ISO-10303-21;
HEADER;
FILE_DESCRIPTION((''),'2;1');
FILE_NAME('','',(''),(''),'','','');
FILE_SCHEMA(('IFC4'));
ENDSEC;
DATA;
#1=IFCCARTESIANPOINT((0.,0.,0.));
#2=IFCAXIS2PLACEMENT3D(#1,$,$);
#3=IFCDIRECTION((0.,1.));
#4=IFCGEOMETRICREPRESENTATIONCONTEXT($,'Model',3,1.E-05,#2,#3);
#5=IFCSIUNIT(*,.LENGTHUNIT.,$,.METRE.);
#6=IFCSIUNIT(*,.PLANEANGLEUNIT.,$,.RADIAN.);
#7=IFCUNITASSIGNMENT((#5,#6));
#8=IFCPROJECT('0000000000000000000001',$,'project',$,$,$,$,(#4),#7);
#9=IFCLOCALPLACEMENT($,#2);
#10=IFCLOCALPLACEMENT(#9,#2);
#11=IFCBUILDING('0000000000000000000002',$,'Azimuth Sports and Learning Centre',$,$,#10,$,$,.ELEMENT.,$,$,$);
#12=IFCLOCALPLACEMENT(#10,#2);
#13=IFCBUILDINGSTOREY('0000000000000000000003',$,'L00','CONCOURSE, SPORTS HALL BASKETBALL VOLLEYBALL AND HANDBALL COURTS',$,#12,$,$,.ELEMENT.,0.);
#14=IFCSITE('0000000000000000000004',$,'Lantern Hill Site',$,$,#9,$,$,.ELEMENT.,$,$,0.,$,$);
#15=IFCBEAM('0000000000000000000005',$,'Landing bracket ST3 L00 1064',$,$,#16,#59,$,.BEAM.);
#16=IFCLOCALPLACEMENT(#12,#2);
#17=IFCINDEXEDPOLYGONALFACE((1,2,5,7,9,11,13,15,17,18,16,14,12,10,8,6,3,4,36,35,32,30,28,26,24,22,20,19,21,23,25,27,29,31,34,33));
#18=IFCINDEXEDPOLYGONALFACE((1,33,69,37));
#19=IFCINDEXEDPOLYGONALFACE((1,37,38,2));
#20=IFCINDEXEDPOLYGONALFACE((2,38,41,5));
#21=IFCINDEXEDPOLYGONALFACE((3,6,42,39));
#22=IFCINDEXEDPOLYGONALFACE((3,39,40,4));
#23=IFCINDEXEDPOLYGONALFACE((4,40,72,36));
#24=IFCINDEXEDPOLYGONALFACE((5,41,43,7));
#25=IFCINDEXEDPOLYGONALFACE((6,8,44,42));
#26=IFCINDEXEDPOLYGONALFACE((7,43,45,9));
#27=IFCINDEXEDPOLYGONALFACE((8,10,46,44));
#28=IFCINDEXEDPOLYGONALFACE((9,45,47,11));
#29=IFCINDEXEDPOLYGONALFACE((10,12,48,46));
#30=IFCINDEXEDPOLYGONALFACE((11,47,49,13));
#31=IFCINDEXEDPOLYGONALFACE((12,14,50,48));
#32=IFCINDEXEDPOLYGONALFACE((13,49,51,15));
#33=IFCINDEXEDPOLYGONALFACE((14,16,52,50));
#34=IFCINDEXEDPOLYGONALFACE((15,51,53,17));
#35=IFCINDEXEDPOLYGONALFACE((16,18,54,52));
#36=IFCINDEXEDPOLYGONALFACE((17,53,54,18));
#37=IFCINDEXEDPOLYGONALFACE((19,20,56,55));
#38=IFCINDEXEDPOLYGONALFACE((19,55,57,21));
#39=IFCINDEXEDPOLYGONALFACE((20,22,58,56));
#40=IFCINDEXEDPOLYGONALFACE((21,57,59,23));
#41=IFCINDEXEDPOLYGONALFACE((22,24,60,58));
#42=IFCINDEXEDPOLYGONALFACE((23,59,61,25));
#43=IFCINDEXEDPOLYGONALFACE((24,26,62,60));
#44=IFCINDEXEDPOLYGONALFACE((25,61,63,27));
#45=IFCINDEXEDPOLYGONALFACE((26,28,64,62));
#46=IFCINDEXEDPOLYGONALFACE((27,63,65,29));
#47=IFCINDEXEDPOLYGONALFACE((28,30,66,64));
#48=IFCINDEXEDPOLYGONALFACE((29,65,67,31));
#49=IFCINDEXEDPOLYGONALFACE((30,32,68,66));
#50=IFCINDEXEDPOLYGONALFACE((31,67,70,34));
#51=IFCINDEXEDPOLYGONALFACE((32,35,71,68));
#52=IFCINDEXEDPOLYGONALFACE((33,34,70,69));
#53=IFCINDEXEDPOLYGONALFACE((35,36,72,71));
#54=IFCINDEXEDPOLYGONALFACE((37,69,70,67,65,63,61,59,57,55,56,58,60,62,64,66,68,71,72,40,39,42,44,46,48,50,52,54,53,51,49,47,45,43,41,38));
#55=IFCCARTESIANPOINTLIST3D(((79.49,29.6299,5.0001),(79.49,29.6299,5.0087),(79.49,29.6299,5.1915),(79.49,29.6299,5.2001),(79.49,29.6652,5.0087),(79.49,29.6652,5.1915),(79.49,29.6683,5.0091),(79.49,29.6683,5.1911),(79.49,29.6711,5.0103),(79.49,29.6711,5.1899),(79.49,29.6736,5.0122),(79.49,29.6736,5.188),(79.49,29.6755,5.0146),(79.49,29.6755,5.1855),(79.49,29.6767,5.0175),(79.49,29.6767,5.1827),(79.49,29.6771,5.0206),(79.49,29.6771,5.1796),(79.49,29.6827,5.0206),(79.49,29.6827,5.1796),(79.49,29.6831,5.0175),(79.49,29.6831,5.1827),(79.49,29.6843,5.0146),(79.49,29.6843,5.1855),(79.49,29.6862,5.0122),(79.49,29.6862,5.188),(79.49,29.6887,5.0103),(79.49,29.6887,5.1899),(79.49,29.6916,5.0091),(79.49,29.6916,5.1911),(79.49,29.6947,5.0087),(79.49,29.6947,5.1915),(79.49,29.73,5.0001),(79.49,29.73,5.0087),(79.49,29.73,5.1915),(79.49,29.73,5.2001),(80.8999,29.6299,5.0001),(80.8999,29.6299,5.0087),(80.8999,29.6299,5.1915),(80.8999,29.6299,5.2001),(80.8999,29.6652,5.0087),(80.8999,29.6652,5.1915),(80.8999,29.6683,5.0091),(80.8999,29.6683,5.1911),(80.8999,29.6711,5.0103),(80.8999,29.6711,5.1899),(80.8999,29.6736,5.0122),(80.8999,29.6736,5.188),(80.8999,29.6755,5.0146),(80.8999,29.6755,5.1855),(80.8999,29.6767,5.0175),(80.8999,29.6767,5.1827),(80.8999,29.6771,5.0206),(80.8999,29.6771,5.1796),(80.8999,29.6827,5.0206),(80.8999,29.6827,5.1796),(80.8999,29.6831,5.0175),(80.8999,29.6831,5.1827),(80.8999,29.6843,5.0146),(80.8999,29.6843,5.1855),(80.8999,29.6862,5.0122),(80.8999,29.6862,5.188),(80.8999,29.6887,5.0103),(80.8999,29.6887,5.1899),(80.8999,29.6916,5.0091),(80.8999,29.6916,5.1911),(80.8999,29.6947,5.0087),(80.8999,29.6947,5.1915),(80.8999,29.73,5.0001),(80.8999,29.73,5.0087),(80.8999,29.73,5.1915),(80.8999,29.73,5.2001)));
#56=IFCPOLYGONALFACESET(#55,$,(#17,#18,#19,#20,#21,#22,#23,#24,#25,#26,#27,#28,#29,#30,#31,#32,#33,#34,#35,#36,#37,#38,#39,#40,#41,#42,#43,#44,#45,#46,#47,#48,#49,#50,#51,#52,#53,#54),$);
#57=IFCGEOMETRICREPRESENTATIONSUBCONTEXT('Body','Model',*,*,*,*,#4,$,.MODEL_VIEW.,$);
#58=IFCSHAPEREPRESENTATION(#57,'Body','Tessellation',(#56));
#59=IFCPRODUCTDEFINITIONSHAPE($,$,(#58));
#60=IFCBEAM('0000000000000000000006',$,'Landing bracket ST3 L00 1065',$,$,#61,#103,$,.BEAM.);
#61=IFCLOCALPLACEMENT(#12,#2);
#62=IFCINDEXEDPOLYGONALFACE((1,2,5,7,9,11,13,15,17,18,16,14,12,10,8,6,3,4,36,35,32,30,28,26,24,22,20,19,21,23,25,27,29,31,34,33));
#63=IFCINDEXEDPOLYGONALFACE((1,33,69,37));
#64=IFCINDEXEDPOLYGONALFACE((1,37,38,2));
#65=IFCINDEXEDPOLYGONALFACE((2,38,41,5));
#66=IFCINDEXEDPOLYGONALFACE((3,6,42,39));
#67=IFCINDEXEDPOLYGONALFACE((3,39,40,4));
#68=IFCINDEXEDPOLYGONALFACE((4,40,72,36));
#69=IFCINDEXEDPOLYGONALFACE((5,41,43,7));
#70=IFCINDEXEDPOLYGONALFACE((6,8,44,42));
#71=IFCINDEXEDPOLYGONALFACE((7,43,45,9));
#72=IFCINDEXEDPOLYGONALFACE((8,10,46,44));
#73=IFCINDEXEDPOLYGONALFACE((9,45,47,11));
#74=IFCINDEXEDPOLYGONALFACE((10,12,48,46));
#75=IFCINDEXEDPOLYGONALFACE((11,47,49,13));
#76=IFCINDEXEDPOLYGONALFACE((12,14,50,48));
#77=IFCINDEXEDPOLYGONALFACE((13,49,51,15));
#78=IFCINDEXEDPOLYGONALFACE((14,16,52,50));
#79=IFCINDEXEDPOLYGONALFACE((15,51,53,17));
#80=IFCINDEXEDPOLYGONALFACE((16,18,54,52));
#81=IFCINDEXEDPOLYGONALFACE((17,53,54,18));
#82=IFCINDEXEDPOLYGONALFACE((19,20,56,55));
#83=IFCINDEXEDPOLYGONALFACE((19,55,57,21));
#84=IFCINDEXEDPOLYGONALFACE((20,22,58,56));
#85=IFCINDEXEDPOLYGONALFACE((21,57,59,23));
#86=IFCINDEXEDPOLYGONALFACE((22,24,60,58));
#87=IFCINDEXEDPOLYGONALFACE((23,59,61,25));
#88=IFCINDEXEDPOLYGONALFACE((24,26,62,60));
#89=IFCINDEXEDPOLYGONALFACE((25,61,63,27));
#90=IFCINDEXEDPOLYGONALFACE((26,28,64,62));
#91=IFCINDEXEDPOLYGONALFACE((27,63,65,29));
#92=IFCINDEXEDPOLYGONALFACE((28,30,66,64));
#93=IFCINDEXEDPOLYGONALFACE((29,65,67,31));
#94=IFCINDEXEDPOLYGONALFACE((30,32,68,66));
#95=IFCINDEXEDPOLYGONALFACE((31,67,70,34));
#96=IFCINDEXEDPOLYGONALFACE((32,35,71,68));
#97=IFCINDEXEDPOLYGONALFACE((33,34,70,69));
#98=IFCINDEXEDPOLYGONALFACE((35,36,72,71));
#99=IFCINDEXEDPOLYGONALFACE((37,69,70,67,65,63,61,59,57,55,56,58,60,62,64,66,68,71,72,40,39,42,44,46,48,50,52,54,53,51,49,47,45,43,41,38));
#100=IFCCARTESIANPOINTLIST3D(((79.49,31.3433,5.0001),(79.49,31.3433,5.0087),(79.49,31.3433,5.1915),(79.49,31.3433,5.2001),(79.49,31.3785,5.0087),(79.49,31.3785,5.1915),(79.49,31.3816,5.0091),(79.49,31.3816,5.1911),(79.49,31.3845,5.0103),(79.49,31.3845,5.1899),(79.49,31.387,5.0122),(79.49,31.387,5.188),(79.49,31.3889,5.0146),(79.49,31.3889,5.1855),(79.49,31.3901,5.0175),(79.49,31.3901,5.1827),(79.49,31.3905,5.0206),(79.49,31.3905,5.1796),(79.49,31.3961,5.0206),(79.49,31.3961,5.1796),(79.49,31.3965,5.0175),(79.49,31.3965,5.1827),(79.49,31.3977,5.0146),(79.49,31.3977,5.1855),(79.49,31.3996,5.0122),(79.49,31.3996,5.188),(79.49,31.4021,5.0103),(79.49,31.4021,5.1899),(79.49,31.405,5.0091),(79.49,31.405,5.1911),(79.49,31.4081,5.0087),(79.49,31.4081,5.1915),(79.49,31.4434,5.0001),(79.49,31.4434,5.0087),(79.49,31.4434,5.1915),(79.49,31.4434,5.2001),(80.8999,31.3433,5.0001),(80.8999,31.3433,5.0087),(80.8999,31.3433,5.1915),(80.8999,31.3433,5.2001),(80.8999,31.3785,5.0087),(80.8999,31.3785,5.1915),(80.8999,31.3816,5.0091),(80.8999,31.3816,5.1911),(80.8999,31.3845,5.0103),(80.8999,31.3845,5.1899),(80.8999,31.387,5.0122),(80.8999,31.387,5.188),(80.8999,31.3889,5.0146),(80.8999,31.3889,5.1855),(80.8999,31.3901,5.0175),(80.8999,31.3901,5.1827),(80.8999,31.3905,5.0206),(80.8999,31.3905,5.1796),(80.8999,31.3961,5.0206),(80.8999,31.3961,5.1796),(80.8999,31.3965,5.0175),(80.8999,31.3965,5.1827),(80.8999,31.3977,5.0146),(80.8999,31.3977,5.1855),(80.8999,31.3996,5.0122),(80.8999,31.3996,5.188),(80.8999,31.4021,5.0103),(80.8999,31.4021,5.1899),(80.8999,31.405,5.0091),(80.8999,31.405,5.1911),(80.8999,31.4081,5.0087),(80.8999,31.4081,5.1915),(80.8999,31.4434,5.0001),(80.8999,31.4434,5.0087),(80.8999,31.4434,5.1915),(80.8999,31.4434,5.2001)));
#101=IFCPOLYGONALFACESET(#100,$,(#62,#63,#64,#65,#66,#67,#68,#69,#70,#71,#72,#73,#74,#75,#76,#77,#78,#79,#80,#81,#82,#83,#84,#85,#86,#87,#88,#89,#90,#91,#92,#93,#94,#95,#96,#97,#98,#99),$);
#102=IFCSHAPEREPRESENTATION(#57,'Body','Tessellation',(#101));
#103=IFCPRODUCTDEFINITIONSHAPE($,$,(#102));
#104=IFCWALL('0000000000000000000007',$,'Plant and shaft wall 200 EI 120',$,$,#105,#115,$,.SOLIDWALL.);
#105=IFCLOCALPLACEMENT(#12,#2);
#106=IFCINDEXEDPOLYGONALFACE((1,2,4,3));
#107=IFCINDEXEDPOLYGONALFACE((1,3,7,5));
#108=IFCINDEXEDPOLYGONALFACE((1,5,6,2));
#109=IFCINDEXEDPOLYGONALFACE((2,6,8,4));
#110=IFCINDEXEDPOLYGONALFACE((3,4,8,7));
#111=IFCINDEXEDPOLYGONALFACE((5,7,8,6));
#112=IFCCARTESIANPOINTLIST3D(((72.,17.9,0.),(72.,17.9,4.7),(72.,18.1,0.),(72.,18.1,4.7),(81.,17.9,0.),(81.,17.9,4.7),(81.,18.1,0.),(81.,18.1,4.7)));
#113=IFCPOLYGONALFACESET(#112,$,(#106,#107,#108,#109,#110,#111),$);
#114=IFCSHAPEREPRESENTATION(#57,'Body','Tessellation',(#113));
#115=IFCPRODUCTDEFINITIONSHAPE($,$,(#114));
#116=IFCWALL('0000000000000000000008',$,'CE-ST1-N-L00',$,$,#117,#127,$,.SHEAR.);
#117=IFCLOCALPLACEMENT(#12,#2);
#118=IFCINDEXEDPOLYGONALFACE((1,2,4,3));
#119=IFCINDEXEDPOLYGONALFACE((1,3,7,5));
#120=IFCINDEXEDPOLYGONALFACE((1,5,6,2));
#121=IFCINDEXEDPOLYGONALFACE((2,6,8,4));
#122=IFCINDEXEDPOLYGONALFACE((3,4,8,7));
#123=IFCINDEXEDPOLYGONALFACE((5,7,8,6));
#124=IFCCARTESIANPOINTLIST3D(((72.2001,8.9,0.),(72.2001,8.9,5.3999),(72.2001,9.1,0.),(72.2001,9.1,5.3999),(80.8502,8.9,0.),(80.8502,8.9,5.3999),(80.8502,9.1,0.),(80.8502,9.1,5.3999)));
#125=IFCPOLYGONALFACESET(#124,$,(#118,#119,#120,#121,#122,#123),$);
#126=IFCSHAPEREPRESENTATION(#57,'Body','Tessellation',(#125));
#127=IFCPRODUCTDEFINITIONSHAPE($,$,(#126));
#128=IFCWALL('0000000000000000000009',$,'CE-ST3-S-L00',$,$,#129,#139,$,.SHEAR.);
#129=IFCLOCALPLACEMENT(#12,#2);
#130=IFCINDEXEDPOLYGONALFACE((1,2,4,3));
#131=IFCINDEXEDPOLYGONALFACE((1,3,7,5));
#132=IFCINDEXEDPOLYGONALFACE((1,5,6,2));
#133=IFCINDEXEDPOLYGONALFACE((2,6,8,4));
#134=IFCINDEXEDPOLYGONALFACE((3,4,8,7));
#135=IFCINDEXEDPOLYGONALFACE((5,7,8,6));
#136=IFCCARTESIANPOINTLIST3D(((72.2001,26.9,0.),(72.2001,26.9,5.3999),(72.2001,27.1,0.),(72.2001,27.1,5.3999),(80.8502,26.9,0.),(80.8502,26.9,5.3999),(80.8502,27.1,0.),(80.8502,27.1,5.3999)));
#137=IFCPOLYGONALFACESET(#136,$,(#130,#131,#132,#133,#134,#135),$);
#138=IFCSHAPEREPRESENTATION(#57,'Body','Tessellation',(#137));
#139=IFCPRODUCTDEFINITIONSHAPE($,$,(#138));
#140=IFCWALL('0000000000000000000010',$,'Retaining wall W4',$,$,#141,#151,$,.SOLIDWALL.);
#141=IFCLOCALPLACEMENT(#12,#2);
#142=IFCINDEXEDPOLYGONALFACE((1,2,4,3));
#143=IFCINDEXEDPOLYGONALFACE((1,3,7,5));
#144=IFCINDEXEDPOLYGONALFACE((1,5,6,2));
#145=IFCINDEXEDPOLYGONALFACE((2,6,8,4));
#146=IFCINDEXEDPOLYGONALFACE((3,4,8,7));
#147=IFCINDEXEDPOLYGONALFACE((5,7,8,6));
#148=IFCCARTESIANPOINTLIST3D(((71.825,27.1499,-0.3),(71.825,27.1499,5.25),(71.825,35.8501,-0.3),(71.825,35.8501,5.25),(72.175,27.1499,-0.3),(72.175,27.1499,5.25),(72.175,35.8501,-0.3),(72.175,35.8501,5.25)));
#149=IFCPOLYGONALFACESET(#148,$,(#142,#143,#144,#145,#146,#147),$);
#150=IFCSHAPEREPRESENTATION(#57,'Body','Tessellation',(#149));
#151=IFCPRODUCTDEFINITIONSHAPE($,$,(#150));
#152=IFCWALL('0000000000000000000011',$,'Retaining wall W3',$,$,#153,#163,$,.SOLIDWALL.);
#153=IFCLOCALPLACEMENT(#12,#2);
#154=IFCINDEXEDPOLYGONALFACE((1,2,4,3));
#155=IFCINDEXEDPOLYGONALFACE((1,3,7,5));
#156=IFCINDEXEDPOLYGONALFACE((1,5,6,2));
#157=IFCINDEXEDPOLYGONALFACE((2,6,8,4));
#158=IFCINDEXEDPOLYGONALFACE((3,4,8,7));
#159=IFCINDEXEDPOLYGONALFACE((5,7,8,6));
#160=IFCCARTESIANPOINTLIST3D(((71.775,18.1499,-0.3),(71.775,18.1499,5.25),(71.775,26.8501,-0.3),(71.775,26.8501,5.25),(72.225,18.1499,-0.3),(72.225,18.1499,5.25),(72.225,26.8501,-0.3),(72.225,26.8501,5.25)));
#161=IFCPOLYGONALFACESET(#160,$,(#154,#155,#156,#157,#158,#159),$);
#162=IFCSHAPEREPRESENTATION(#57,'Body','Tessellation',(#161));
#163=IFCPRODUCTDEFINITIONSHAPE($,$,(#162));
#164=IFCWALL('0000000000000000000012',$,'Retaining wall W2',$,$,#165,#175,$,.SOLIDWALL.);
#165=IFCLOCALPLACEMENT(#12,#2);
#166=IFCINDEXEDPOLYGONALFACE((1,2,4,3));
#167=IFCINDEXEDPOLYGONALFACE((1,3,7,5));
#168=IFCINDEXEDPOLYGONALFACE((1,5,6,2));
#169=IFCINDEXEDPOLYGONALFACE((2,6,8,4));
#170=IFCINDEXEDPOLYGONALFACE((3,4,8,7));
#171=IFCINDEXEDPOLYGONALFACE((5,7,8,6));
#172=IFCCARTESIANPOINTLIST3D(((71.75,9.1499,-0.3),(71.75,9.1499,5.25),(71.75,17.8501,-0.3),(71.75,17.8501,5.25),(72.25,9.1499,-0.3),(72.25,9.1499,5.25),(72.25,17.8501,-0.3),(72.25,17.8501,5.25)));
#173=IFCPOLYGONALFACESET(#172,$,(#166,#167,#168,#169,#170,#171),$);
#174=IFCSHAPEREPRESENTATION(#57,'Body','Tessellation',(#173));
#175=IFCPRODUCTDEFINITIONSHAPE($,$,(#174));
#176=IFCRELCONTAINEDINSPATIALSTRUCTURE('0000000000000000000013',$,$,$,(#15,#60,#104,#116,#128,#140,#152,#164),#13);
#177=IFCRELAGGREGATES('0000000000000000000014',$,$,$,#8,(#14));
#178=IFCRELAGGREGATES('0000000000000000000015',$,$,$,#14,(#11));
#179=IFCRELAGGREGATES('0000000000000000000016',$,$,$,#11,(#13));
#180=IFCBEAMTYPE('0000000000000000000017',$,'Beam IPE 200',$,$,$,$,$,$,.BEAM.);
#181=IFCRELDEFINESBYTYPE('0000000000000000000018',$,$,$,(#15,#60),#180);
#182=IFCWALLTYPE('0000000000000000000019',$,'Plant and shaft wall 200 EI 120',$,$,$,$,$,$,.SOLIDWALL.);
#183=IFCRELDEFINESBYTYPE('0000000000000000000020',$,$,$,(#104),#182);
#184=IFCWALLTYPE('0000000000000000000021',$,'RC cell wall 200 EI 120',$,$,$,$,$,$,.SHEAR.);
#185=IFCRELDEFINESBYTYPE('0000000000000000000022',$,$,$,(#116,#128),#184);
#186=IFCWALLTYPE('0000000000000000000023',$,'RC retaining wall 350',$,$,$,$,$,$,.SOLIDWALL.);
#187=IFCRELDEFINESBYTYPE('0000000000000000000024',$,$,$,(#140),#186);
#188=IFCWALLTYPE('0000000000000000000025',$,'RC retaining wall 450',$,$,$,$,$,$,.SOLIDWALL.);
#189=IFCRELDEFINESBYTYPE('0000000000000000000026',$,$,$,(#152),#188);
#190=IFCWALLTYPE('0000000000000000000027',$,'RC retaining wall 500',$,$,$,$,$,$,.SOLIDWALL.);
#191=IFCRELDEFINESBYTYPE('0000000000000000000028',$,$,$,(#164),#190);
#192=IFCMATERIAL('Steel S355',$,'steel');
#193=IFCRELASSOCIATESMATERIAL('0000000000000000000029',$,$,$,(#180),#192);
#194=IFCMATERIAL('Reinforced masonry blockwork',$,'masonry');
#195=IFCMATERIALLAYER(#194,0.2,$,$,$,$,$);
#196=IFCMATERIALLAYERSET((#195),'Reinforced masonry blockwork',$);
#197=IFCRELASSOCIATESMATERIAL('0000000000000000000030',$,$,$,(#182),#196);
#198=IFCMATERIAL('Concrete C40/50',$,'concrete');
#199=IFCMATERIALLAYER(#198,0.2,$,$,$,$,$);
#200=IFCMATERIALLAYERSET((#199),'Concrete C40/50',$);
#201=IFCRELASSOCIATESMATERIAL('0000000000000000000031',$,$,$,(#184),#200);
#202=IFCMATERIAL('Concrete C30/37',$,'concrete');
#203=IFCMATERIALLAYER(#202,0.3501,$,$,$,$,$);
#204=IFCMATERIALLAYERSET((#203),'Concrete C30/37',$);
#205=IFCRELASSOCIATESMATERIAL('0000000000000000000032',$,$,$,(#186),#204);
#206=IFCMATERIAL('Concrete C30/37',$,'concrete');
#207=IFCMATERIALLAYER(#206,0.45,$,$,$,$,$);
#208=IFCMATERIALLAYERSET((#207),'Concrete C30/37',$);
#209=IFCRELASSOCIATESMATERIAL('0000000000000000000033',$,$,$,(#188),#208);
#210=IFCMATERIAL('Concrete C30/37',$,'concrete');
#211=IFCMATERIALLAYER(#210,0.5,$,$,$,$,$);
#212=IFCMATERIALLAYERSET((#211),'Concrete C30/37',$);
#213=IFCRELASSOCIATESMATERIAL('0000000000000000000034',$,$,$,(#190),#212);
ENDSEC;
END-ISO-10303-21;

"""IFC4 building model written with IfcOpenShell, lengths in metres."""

from ifc_helpers import new_model, si_unit, direction, frame, frame_2d, origin, origin_2d, place, context, subcontext, project, spatial, rectangle, i_section, extrude, material, layer, layer_set, material_profile, profile_set, type_object, element, save


model = new_model("IFC4")

# Units and contexts
model_context = context("Model", 3, precision=1e-05, world=origin(), true_north=direction((0.0, 1.0)))
body_context = subcontext(model_context, "Body", "Model", "MODEL_VIEW")
ifc_project = project(units=[si_unit("LENGTHUNIT", "METRE"), si_unit("PLANEANGLEUNIT", "RADIAN")], contexts=[model_context])

# Site, building, storey
site_placement = place(None, origin())
site = spatial("IfcSite", under=ifc_project, at=site_placement, Name="Lantern Hill Site", CompositionType="ELEMENT", RefElevation=0.0)
building_placement = place(site_placement, origin())
building = spatial("IfcBuilding", under=site, at=building_placement, Name="Azimuth Sports and Learning Centre", CompositionType="ELEMENT")
storey_placement = place(building_placement, origin())
storey = spatial("IfcBuildingStorey", under=building, at=storey_placement, Name="L00", Description="CONCOURSE, SPORTS HALL BASKETBALL VOLLEYBALL AND HANDBALL COURTS", CompositionType="ELEMENT", Elevation=0.0)

# Beams
ifc_material_1 = material(Name="Steel S355", Category="steel")
ifc_material_profile_1 = material_profile(ifc_material_1, i_section(OverallWidth=0.1001, OverallDepth=0.2, WebThickness=0.0056, FlangeThickness=0.0085, FilletRadius=0.012, at=origin_2d()), Name="IPE 200")
ifc_profile_set_1 = profile_set([ifc_material_profile_1], Name="Steel S355")
beam_type = type_object("IfcBeamType", Name="Beam IPE 200", PredefinedType="BEAM", material=ifc_profile_set_1)
for number, where, z_axis, x_axis, name in (
    (1, (80.8999, 29.6799, 5.1001), (-1.0, 0.0, 0.0), (0.0, -1.0, 0.0), "Landing bracket ST3 L00 1064"),
    (2, (80.8999, 31.3933, 5.1001), (-1.0, 0.0, 0.0), (0.0, -1.0, 0.0), "Landing bracket ST3 L00 1065"),
):
    element("IfcBeam", number, at=place(storey_placement, frame(where, z_axis=z_axis, x_axis=x_axis)), inside=storey, type_object=beam_type, Name=name, PredefinedType="BEAM", context=body_context, shape_type="SweptSolid", body=[
        extrude(i_section(OverallWidth=0.1001, OverallDepth=0.2, WebThickness=0.0056, FlangeThickness=0.0085, FilletRadius=0.012, at=origin_2d()), origin(), (0.0, 0.0, 1.0), 1.4099),
    ])

# Walls
ifc_material_2 = material(Name="Reinforced masonry blockwork", Category="masonry")
ifc_layer_1 = layer(ifc_material_2, 0.2)
ifc_layer_set_1 = layer_set([ifc_layer_1], Name="Reinforced masonry blockwork")
wall_type_1 = type_object("IfcWallType", Name="Plant and shaft wall 200 EI 120", PredefinedType="SOLIDWALL", material=ifc_layer_set_1)
wall_1_placement = place(storey_placement, frame((72.0, 18.0, 0.0), z_axis=(0.0, 0.0, 1.0), x_axis=(1.0, 0.0, 0.0)))
element("IfcWall", 3, at=wall_1_placement, inside=storey, type_object=wall_type_1, Name="Plant and shaft wall 200 EI 120", PredefinedType="SOLIDWALL", context=body_context, shape_type="SweptSolid", body=[
    extrude(rectangle(XDim=9.0, YDim=0.2, at=frame_2d((4.5, 0.0))), origin(), (0.0, 0.0, 1.0), 4.7),
])
ifc_material_3 = material(Name="Concrete C40/50", Category="concrete")
ifc_layer_2 = layer(ifc_material_3, 0.2)
ifc_layer_set_2 = layer_set([ifc_layer_2], Name="Concrete C40/50")
wall_type_2 = type_object("IfcWallType", Name="RC cell wall 200 EI 120", PredefinedType="SHEAR", material=ifc_layer_set_2)
for number, where, z_axis, x_axis, name in (
    (4, (72.2, 9.0, 0.0), (0.0, 0.0, 1.0), (1.0, 0.0, 0.0), "CE-ST1-N-L00"),
    (5, (72.2, 27.0, 0.0), (0.0, 0.0, 1.0), (1.0, 0.0, 0.0), "CE-ST3-S-L00"),
):
    element("IfcWall", number, at=place(storey_placement, frame(where, z_axis=z_axis, x_axis=x_axis)), inside=storey, type_object=wall_type_2, Name=name, PredefinedType="SHEAR", context=body_context, shape_type="SweptSolid", body=[
        extrude(rectangle(XDim=8.6501, YDim=0.2, at=frame_2d((4.3252, 0.0))), origin(), (0.0, 0.0, 1.0), 5.3999),
    ])
ifc_material_4 = material(Name="Concrete C30/37", Category="concrete")
ifc_layer_3 = layer(ifc_material_4, 0.3501)
ifc_layer_set_3 = layer_set([ifc_layer_3], Name="Concrete C30/37")
wall_type_3 = type_object("IfcWallType", Name="RC retaining wall 350", PredefinedType="SOLIDWALL", material=ifc_layer_set_3)
wall_2_placement = place(storey_placement, frame((72.0, 27.1499, -0.3), z_axis=(0.0, 0.0, 1.0), x_axis=(0.0, 1.0, 0.0)))
element("IfcWall", 6, at=wall_2_placement, inside=storey, type_object=wall_type_3, Name="Retaining wall W4", PredefinedType="SOLIDWALL", context=body_context, shape_type="SweptSolid", body=[
    extrude(rectangle(XDim=8.7002, YDim=0.3501, at=frame_2d((4.3501, 0.0))), origin(), (0.0, 0.0, 1.0), 5.55),
])
ifc_material_5 = material(Name="Concrete C30/37", Category="concrete")
ifc_layer_4 = layer(ifc_material_5, 0.45)
ifc_layer_set_4 = layer_set([ifc_layer_4], Name="Concrete C30/37")
wall_type_4 = type_object("IfcWallType", Name="RC retaining wall 450", PredefinedType="SOLIDWALL", material=ifc_layer_set_4)
wall_3_placement = place(storey_placement, frame((72.0, 18.1499, -0.3), z_axis=(0.0, 0.0, 1.0), x_axis=(0.0, 1.0, 0.0)))
element("IfcWall", 7, at=wall_3_placement, inside=storey, type_object=wall_type_4, Name="Retaining wall W3", PredefinedType="SOLIDWALL", context=body_context, shape_type="SweptSolid", body=[
    extrude(rectangle(XDim=8.7002, YDim=0.45, at=frame_2d((4.3501, 0.0))), origin(), (0.0, 0.0, 1.0), 5.55),
])
ifc_material_6 = material(Name="Concrete C30/37", Category="concrete")
ifc_layer_5 = layer(ifc_material_6, 0.5)
ifc_layer_set_5 = layer_set([ifc_layer_5], Name="Concrete C30/37")
wall_type_5 = type_object("IfcWallType", Name="RC retaining wall 500", PredefinedType="SOLIDWALL", material=ifc_layer_set_5)
wall_4_placement = place(storey_placement, frame((72.0, 9.1499, -0.3), z_axis=(0.0, 0.0, 1.0), x_axis=(0.0, 1.0, 0.0)))
element("IfcWall", 8, at=wall_4_placement, inside=storey, type_object=wall_type_5, Name="Retaining wall W2", PredefinedType="SOLIDWALL", context=body_context, shape_type="SweptSolid", body=[
    extrude(rectangle(XDim=8.7002, YDim=0.5, at=frame_2d((4.3501, 0.0))), origin(), (0.0, 0.0, 1.0), 5.55),
])

save(model, "model.ifc")
